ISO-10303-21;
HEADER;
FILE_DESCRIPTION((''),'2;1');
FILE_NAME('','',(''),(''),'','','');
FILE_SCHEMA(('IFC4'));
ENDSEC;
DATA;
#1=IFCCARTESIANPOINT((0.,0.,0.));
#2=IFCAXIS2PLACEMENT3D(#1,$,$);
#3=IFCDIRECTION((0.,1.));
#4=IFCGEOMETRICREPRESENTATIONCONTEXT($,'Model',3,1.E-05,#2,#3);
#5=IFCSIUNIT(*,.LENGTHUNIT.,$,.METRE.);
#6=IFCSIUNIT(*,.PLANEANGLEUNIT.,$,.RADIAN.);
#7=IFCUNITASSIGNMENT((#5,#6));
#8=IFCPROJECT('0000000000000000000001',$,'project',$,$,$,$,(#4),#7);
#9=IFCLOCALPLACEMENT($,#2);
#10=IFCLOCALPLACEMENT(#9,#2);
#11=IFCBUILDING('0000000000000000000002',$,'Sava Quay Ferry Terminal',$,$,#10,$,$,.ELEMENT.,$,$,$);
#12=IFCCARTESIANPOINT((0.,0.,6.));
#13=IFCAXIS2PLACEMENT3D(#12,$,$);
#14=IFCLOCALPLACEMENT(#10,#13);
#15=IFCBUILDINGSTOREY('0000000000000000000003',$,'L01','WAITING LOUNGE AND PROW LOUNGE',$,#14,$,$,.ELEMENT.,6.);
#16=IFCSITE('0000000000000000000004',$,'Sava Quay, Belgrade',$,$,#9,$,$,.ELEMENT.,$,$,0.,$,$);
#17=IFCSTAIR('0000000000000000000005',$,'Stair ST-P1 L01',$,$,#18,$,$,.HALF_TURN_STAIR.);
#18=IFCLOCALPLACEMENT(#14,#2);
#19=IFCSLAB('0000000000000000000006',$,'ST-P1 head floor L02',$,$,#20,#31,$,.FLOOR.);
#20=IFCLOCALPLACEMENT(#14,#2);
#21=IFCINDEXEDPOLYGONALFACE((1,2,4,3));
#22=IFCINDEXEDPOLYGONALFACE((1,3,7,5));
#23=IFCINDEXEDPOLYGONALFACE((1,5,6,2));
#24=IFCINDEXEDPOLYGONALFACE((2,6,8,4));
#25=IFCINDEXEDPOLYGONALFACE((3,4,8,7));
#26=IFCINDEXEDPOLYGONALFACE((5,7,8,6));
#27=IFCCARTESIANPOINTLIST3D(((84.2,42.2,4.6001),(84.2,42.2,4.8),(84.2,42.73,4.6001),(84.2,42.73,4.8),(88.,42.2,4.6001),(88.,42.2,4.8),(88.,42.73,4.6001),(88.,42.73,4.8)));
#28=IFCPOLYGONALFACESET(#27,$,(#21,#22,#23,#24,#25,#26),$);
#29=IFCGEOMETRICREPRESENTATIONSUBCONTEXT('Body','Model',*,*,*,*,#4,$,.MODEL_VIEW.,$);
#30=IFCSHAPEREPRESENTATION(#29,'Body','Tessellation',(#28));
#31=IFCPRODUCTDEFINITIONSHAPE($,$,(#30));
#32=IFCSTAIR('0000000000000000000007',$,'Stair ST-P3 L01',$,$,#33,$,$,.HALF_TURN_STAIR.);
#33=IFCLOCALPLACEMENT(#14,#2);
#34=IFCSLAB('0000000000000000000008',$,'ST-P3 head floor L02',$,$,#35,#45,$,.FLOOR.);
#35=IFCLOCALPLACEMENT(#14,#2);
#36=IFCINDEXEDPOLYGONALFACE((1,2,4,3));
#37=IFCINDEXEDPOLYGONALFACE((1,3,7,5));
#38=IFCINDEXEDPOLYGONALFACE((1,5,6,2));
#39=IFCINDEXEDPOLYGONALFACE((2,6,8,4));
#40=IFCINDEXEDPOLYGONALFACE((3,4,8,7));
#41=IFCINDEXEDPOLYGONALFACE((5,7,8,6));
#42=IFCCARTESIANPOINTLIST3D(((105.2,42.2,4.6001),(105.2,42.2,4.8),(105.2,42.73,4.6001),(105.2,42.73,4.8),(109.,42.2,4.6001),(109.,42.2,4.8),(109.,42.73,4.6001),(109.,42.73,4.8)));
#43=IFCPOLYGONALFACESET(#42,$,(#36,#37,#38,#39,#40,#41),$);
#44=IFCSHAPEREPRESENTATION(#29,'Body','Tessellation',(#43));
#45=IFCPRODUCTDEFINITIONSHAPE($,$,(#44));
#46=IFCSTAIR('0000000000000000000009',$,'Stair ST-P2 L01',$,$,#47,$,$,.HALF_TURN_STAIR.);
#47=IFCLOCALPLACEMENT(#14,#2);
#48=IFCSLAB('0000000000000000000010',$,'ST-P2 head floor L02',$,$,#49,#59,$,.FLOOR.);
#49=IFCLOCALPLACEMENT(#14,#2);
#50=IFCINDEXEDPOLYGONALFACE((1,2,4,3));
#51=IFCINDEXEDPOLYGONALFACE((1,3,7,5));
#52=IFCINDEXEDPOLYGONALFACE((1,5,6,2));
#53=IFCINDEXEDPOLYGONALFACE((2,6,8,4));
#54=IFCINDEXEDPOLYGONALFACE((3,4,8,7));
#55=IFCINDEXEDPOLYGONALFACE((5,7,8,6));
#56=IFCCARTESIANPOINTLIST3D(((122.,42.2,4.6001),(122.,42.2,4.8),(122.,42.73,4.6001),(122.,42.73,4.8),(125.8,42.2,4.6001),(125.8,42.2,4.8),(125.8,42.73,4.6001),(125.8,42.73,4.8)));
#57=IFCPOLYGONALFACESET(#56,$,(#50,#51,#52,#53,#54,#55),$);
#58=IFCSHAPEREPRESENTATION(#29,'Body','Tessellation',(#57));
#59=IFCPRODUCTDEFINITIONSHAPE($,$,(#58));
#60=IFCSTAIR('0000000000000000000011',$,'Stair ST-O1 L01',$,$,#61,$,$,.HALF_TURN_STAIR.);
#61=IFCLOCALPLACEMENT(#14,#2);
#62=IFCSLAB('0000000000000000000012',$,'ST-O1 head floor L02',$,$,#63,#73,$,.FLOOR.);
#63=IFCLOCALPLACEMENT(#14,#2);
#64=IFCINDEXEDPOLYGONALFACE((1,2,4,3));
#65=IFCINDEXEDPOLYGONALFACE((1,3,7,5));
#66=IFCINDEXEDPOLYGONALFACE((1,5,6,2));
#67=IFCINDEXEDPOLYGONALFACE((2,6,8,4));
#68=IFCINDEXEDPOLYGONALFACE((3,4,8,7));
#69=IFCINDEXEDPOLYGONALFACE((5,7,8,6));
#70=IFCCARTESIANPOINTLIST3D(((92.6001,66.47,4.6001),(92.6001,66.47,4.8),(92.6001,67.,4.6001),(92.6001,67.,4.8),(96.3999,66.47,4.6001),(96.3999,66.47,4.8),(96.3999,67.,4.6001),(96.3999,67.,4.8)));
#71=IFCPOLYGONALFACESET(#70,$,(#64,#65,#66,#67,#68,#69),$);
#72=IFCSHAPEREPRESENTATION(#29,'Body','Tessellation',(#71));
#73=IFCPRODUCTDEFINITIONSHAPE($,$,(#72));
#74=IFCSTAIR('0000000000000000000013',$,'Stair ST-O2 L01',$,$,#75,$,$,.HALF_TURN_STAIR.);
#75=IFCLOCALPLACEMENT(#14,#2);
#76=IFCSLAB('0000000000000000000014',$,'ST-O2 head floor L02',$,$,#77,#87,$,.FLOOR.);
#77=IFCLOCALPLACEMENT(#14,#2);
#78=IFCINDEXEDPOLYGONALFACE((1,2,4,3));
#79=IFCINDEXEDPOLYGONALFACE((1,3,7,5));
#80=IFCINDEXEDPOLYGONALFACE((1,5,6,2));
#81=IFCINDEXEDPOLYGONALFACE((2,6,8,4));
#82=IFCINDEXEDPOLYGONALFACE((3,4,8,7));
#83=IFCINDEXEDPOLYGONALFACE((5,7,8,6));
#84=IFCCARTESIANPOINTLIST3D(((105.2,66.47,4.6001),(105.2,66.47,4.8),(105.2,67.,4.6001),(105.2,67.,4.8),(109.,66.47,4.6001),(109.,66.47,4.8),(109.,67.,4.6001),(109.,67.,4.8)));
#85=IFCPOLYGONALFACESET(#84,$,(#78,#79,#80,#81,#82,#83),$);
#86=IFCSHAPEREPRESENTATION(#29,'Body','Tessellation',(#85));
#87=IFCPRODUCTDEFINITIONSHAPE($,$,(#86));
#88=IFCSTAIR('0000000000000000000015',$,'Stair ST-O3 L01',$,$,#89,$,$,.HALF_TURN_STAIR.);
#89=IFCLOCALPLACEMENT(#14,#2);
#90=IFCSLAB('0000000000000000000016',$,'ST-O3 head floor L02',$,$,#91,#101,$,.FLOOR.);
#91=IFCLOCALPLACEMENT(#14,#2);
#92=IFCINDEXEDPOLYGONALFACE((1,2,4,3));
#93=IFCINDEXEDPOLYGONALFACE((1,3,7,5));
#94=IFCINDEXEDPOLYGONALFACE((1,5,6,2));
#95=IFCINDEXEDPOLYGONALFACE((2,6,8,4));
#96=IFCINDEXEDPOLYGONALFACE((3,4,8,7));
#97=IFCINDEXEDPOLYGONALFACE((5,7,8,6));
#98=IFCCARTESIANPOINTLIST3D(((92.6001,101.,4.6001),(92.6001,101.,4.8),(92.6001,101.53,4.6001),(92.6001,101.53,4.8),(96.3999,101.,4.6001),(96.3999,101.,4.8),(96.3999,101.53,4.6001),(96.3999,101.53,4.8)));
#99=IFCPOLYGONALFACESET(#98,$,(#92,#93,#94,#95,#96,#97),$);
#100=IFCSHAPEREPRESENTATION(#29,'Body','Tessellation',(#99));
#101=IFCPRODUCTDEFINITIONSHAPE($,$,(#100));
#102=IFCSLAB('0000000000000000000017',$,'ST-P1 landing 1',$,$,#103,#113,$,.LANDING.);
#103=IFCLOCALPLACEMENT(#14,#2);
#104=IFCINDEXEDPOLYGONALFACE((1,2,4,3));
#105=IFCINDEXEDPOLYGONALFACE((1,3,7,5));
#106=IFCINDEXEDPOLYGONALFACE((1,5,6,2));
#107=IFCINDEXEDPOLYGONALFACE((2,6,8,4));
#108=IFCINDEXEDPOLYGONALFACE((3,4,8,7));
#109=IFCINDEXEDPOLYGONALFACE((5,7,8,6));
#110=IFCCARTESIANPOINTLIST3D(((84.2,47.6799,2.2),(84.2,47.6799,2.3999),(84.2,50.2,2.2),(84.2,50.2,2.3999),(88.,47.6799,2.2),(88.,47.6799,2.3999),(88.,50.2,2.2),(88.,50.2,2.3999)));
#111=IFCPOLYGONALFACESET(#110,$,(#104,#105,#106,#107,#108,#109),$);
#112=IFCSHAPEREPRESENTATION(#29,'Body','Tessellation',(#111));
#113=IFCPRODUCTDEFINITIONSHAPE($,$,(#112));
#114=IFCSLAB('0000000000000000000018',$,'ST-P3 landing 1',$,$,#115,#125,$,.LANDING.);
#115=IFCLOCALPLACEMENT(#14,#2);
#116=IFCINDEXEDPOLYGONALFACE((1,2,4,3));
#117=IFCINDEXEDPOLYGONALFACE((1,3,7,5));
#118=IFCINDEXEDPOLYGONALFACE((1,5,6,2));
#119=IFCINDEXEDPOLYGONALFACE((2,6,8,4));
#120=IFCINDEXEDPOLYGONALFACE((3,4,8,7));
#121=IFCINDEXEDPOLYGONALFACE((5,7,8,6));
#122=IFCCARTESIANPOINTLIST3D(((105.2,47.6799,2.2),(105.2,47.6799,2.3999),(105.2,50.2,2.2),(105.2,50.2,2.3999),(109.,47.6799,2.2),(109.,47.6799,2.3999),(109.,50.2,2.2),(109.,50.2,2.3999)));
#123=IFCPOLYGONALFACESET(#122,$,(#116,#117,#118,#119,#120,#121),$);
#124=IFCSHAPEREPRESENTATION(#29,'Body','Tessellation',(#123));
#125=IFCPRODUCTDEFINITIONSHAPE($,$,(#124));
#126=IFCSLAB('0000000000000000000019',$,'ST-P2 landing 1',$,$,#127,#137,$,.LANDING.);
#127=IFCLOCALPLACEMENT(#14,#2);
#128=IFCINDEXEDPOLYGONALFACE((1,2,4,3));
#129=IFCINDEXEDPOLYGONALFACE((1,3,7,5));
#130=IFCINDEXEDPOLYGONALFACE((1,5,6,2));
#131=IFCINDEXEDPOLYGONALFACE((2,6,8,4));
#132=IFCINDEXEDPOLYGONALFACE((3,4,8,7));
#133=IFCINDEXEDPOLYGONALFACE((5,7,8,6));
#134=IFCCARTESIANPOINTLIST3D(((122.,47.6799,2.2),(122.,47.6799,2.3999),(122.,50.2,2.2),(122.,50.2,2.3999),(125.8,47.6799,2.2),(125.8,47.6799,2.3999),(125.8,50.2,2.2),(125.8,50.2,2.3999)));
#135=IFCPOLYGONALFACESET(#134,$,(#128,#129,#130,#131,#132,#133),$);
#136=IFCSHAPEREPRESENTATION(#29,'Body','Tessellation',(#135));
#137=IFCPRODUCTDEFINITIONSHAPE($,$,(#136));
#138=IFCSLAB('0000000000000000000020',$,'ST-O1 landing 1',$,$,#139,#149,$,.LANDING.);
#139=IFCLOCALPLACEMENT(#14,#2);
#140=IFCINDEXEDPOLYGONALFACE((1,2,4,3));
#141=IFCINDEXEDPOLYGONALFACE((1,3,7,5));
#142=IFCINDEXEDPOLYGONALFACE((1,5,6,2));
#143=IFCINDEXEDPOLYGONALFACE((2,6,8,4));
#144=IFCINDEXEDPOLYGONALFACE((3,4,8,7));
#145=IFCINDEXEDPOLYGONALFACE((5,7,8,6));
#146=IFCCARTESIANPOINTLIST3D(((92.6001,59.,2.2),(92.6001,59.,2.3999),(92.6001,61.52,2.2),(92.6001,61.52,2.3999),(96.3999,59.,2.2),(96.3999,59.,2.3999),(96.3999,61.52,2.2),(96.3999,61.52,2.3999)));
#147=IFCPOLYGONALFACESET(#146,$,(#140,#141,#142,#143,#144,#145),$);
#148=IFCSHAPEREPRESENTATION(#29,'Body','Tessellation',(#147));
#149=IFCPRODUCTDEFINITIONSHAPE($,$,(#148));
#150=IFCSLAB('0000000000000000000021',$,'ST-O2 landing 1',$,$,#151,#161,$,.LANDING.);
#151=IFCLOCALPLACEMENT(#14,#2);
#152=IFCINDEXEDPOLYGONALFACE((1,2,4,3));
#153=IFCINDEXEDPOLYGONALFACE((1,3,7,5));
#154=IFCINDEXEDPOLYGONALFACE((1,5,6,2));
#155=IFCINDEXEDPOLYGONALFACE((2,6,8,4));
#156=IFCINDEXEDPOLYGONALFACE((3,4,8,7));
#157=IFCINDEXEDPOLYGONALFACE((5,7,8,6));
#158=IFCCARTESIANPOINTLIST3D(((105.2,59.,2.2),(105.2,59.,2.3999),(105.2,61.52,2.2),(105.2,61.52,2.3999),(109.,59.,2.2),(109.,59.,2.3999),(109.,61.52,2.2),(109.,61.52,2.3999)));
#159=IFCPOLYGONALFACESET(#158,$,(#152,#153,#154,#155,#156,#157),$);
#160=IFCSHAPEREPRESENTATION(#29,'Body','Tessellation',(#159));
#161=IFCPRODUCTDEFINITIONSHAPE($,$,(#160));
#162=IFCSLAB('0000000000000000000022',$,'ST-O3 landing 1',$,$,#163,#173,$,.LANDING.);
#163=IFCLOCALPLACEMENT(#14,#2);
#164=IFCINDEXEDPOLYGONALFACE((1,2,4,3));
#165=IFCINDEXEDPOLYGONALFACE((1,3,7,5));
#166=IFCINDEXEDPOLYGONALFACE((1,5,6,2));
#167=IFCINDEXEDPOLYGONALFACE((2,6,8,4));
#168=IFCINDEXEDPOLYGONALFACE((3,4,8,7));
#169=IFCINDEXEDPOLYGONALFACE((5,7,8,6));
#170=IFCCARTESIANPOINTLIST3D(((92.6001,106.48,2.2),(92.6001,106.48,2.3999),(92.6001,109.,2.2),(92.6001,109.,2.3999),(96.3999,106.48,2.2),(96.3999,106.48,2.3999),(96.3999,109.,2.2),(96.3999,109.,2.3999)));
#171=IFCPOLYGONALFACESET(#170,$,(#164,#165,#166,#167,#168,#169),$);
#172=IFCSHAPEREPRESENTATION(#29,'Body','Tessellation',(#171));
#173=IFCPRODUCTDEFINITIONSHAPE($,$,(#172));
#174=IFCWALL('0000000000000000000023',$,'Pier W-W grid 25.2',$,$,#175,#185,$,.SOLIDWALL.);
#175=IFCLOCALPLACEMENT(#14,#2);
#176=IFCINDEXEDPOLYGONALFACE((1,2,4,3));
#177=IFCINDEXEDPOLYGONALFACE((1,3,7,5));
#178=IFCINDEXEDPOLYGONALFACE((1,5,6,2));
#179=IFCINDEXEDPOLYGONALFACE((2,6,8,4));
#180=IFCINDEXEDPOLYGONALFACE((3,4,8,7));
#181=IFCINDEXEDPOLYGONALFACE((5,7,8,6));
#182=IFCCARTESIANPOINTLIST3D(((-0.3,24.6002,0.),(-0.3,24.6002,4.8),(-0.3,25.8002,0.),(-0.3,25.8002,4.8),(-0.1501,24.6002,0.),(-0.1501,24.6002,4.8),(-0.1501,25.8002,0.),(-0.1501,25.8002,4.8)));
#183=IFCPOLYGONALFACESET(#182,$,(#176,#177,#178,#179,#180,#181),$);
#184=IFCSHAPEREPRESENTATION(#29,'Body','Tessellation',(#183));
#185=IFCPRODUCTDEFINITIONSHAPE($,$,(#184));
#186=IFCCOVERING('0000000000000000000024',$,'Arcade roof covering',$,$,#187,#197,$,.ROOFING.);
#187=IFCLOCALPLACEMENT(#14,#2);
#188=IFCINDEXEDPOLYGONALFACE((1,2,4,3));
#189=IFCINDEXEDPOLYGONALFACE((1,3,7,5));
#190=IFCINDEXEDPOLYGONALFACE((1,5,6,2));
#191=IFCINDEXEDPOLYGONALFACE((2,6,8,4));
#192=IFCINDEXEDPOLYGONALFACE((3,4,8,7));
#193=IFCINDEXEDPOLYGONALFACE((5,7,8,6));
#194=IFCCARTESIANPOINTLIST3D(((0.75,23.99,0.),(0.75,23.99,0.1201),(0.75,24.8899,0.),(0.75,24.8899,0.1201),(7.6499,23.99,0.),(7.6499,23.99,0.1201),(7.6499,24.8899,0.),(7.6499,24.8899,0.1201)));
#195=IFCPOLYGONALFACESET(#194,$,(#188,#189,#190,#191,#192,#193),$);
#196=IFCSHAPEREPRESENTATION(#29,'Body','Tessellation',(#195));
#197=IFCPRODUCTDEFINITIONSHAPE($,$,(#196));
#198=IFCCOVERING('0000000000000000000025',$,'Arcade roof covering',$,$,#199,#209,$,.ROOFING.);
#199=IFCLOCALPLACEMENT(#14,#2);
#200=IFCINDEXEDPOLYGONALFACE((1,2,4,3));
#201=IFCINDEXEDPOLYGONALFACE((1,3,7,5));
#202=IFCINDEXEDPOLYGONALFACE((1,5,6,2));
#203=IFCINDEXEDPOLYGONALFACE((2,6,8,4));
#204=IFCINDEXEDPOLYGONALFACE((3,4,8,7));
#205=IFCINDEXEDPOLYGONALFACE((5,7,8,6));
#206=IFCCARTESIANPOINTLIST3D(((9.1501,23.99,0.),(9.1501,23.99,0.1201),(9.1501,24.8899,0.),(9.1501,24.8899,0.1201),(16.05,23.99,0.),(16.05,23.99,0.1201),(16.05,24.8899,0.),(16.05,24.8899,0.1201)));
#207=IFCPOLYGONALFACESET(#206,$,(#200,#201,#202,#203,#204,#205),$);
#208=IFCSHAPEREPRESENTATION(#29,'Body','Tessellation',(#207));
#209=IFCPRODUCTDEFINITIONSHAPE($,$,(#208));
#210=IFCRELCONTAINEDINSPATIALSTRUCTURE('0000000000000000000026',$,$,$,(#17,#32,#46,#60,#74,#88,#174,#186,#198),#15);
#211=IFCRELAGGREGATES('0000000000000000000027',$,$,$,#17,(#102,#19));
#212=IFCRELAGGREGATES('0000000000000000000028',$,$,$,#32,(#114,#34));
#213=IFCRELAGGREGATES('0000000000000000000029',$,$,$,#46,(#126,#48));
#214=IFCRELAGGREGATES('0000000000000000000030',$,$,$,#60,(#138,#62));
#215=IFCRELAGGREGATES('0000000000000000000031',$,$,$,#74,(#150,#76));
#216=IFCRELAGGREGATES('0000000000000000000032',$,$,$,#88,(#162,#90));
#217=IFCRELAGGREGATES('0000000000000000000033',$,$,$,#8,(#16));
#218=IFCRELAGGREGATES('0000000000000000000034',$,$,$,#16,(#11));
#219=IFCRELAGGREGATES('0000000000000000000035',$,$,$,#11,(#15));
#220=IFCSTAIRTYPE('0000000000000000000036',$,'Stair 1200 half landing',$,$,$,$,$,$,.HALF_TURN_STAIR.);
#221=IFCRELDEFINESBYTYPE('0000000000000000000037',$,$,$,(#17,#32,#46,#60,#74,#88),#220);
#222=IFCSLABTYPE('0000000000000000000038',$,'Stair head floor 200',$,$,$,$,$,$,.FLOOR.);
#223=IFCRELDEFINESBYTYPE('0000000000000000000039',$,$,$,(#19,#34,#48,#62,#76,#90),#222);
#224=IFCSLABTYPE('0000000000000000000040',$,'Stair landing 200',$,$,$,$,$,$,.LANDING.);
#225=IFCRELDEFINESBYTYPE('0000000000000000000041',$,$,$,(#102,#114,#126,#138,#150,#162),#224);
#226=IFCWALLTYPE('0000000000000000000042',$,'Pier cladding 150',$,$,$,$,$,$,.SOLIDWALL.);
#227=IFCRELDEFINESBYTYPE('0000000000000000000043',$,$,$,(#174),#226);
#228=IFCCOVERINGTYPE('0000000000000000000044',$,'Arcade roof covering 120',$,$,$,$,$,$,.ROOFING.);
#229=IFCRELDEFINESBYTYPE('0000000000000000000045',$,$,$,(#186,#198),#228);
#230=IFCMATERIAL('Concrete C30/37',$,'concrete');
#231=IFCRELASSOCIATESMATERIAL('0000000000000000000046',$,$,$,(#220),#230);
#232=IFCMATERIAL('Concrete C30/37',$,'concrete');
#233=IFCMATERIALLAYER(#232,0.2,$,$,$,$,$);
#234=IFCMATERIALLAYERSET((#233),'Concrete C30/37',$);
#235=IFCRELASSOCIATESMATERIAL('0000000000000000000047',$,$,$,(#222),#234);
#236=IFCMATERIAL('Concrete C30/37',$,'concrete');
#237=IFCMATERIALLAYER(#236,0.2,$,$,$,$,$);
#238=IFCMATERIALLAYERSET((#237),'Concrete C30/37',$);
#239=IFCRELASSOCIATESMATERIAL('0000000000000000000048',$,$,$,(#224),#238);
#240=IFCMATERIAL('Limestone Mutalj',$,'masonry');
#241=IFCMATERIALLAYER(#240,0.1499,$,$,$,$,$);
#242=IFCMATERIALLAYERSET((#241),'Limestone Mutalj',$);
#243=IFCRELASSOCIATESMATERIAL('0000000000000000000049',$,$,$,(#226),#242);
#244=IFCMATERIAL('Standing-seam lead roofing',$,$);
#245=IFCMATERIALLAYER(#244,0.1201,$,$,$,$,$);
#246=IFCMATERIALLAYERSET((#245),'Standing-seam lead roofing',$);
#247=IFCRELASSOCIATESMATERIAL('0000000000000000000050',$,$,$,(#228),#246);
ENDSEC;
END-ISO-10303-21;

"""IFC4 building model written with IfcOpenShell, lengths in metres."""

from ifc_helpers import new_model, si_unit, direction, frame, frame_2d, origin, origin_2d, place, context, subcontext, project, spatial, polyline, rectangle, outline, extrude, material, layer, layer_set, type_object, element, aggregate, save


model = new_model("IFC4")

# Units and contexts
model_context = context("Model", 3, precision=1e-05, world=origin(), true_north=direction((0.0, 1.0)))
body_context = subcontext(model_context, "Body", "Model", "MODEL_VIEW")
ifc_project = project(units=[si_unit("LENGTHUNIT", "METRE"), si_unit("PLANEANGLEUNIT", "RADIAN")], contexts=[model_context])

# Site, building, storey
site_placement = place(None, origin())
site = spatial("IfcSite", under=ifc_project, at=site_placement, Name="Sava Quay, Belgrade", CompositionType="ELEMENT", RefElevation=0.0)
building_placement = place(site_placement, origin())
building = spatial("IfcBuilding", under=site, at=building_placement, Name="Sava Quay Ferry Terminal", CompositionType="ELEMENT")
storey_placement = place(building_placement, frame((0.0, 0.0, 6.0)))
storey = spatial("IfcBuildingStorey", under=building, at=storey_placement, Name="L01", Description="WAITING LOUNGE AND PROW LOUNGE", CompositionType="ELEMENT", Elevation=6.0)

# Stairs, slabs
ifc_material_1 = material(Name="Concrete C30/37", Category="concrete")
stair_type = type_object("IfcStairType", Name="Stair 1200 half landing", PredefinedType="HALF_TURN_STAIR", material=ifc_material_1)
stair_1_placement = place(storey_placement, origin())
stair_1 = element("IfcStair", 1, at=stair_1_placement, inside=storey, type_object=stair_type, Name="Stair ST-P1 L01", PredefinedType="HALF_TURN_STAIR")
ifc_material_2 = material(Name="Concrete C30/37", Category="concrete")
ifc_layer_1 = layer(ifc_material_2, 0.2)
ifc_layer_set_1 = layer_set([ifc_layer_1], Name="Concrete C30/37")
slab_type_1 = type_object("IfcSlabType", Name="Stair head floor 200", PredefinedType="FLOOR", material=ifc_layer_set_1)
slab_1_placement = place(storey_placement, frame((0.0, 0.0, 4.6001)))
slab_1 = element("IfcSlab", 2, at=slab_1_placement, type_object=slab_type_1, Name="ST-P1 head floor L02", PredefinedType="FLOOR", context=body_context, shape_type="SweptSolid", body=[
    extrude(outline(polyline([(84.2, 42.2), (84.2, 42.73), (88.0, 42.73), (88.0, 42.2), (84.2, 42.2)])), origin(), (0.0, 0.0, 1.0), 0.2),
])
stair_2_placement = place(storey_placement, origin())
stair_2 = element("IfcStair", 3, at=stair_2_placement, inside=storey, type_object=stair_type, Name="Stair ST-P3 L01", PredefinedType="HALF_TURN_STAIR")
slab_2_placement = place(storey_placement, frame((0.0, 0.0, 4.6001)))
slab_2 = element("IfcSlab", 4, at=slab_2_placement, type_object=slab_type_1, Name="ST-P3 head floor L02", PredefinedType="FLOOR", context=body_context, shape_type="SweptSolid", body=[
    extrude(outline(polyline([(105.2, 42.2), (105.2, 42.73), (109.0, 42.73), (109.0, 42.2), (105.2, 42.2)])), origin(), (0.0, 0.0, 1.0), 0.2),
])
stair_3_placement = place(storey_placement, origin())
stair_3 = element("IfcStair", 5, at=stair_3_placement, inside=storey, type_object=stair_type, Name="Stair ST-P2 L01", PredefinedType="HALF_TURN_STAIR")
slab_3_placement = place(storey_placement, frame((0.0, 0.0, 4.6001)))
slab_3 = element("IfcSlab", 6, at=slab_3_placement, type_object=slab_type_1, Name="ST-P2 head floor L02", PredefinedType="FLOOR", context=body_context, shape_type="SweptSolid", body=[
    extrude(outline(polyline([(122.0, 42.2), (122.0, 42.73), (125.8, 42.73), (125.8, 42.2), (122.0, 42.2)])), origin(), (0.0, 0.0, 1.0), 0.2),
])
stair_4_placement = place(storey_placement, origin())
stair_4 = element("IfcStair", 7, at=stair_4_placement, inside=storey, type_object=stair_type, Name="Stair ST-O1 L01", PredefinedType="HALF_TURN_STAIR")
slab_4_placement = place(storey_placement, frame((0.0, 0.0, 4.6001)))
slab_4 = element("IfcSlab", 8, at=slab_4_placement, type_object=slab_type_1, Name="ST-O1 head floor L02", PredefinedType="FLOOR", context=body_context, shape_type="SweptSolid", body=[
    extrude(outline(polyline([(92.6001, 66.47), (92.6001, 67.0), (96.3999, 67.0), (96.3999, 66.47), (92.6001, 66.47)])), origin(), (0.0, 0.0, 1.0), 0.2),
])
stair_5_placement = place(storey_placement, origin())
stair_5 = element("IfcStair", 9, at=stair_5_placement, inside=storey, type_object=stair_type, Name="Stair ST-O2 L01", PredefinedType="HALF_TURN_STAIR")
slab_5_placement = place(storey_placement, frame((0.0, 0.0, 4.6001)))
slab_5 = element("IfcSlab", 10, at=slab_5_placement, type_object=slab_type_1, Name="ST-O2 head floor L02", PredefinedType="FLOOR", context=body_context, shape_type="SweptSolid", body=[
    extrude(outline(polyline([(105.2, 66.47), (105.2, 67.0), (109.0, 67.0), (109.0, 66.47), (105.2, 66.47)])), origin(), (0.0, 0.0, 1.0), 0.2),
])
stair_6_placement = place(storey_placement, origin())
stair_6 = element("IfcStair", 11, at=stair_6_placement, inside=storey, type_object=stair_type, Name="Stair ST-O3 L01", PredefinedType="HALF_TURN_STAIR")
slab_6_placement = place(storey_placement, frame((0.0, 0.0, 4.6001)))
slab_6 = element("IfcSlab", 12, at=slab_6_placement, type_object=slab_type_1, Name="ST-O3 head floor L02", PredefinedType="FLOOR", context=body_context, shape_type="SweptSolid", body=[
    extrude(outline(polyline([(92.6001, 101.0), (92.6001, 101.53), (96.3999, 101.53), (96.3999, 101.0), (92.6001, 101.0)])), origin(), (0.0, 0.0, 1.0), 0.2),
])

# Slabs
ifc_material_3 = material(Name="Concrete C30/37", Category="concrete")
ifc_layer_2 = layer(ifc_material_3, 0.2)
ifc_layer_set_2 = layer_set([ifc_layer_2], Name="Concrete C30/37")
slab_type_2 = type_object("IfcSlabType", Name="Stair landing 200", PredefinedType="LANDING", material=ifc_layer_set_2)
slab_7_placement = place(storey_placement, frame((0.0, 0.0, 2.2)))
slab_7 = element("IfcSlab", 13, at=slab_7_placement, type_object=slab_type_2, Name="ST-P1 landing 1", PredefinedType="LANDING", context=body_context, shape_type="SweptSolid", body=[
    extrude(outline(polyline([(84.2, 47.6799), (84.2, 50.2), (88.0, 50.2), (88.0, 47.6799), (84.2, 47.6799)])), origin(), (0.0, 0.0, 1.0), 0.2),
])
aggregate(stair_1, [slab_7, slab_1])
slab_8_placement = place(storey_placement, frame((0.0, 0.0, 2.2)))
slab_8 = element("IfcSlab", 14, at=slab_8_placement, type_object=slab_type_2, Name="ST-P3 landing 1", PredefinedType="LANDING", context=body_context, shape_type="SweptSolid", body=[
    extrude(outline(polyline([(105.2, 47.6799), (105.2, 50.2), (109.0, 50.2), (109.0, 47.6799), (105.2, 47.6799)])), origin(), (0.0, 0.0, 1.0), 0.2),
])
aggregate(stair_2, [slab_8, slab_2])
slab_9_placement = place(storey_placement, frame((0.0, 0.0, 2.2)))
slab_9 = element("IfcSlab", 15, at=slab_9_placement, type_object=slab_type_2, Name="ST-P2 landing 1", PredefinedType="LANDING", context=body_context, shape_type="SweptSolid", body=[
    extrude(outline(polyline([(122.0, 47.6799), (122.0, 50.2), (125.8, 50.2), (125.8, 47.6799), (122.0, 47.6799)])), origin(), (0.0, 0.0, 1.0), 0.2),
])
aggregate(stair_3, [slab_9, slab_3])
slab_10_placement = place(storey_placement, frame((0.0, 0.0, 2.2)))
slab_10 = element("IfcSlab", 16, at=slab_10_placement, type_object=slab_type_2, Name="ST-O1 landing 1", PredefinedType="LANDING", context=body_context, shape_type="SweptSolid", body=[
    extrude(outline(polyline([(92.6001, 59.0), (92.6001, 61.52), (96.3999, 61.52), (96.3999, 59.0), (92.6001, 59.0)])), origin(), (0.0, 0.0, 1.0), 0.2),
])
aggregate(stair_4, [slab_10, slab_4])
slab_11_placement = place(storey_placement, frame((0.0, 0.0, 2.2)))
slab_11 = element("IfcSlab", 17, at=slab_11_placement, type_object=slab_type_2, Name="ST-O2 landing 1", PredefinedType="LANDING", context=body_context, shape_type="SweptSolid", body=[
    extrude(outline(polyline([(105.2, 59.0), (105.2, 61.52), (109.0, 61.52), (109.0, 59.0), (105.2, 59.0)])), origin(), (0.0, 0.0, 1.0), 0.2),
])
aggregate(stair_5, [slab_11, slab_5])
slab_12_placement = place(storey_placement, frame((0.0, 0.0, 2.2)))
slab_12 = element("IfcSlab", 18, at=slab_12_placement, type_object=slab_type_2, Name="ST-O3 landing 1", PredefinedType="LANDING", context=body_context, shape_type="SweptSolid", body=[
    extrude(outline(polyline([(92.6001, 106.48), (92.6001, 109.0), (96.3999, 109.0), (96.3999, 106.48), (92.6001, 106.48)])), origin(), (0.0, 0.0, 1.0), 0.2),
])
aggregate(stair_6, [slab_12, slab_6])

# Wall
ifc_material_4 = material(Name="Limestone Mutalj", Category="masonry")
ifc_layer_3 = layer(ifc_material_4, 0.1499)
ifc_layer_set_3 = layer_set([ifc_layer_3], Name="Limestone Mutalj")
wall_type = type_object("IfcWallType", Name="Pier cladding 150", PredefinedType="SOLIDWALL", material=ifc_layer_set_3)
wall_placement = place(storey_placement, frame((-0.2251, 24.6001, 0.0), z_axis=(0.0, 0.0, 1.0), x_axis=(0.0, 1.0, 0.0)))
element("IfcWall", 19, at=wall_placement, inside=storey, type_object=wall_type, Name="Pier W-W grid 25.2", PredefinedType="SOLIDWALL", context=body_context, shape_type="SweptSolid", body=[
    extrude(rectangle(XDim=1.2, YDim=0.1499, at=frame_2d((0.6001, 0.0))), origin(), (0.0, 0.0, 1.0), 4.8),
])

# Coverings
ifc_material_5 = material(Name="Standing-seam lead roofing")
ifc_layer_4 = layer(ifc_material_5, 0.1201)
ifc_layer_set_4 = layer_set([ifc_layer_4], Name="Standing-seam lead roofing")
covering_type_1 = type_object("IfcCoveringType", Name="Arcade roof covering 120", PredefinedType="ROOFING", material=ifc_layer_set_4)
for number, where, z_axis, x_axis, name in (
    (20, (4.2, 24.4399, 0.0), (0.0, 0.0, 1.0), (1.0, 0.0, 0.0), "Arcade roof covering"),
    (21, (12.6001, 24.4399, 0.0), (0.0, 0.0, 1.0), (1.0, 0.0, 0.0), "Arcade roof covering"),
):
    element("IfcCovering", number, at=place(storey_placement, frame(where, z_axis=z_axis, x_axis=x_axis)), inside=storey, type_object=covering_type_1, Name=name, PredefinedType="ROOFING", context=body_context, shape_type="SweptSolid", body=[
        extrude(rectangle(XDim=6.8999, YDim=0.8999, at=origin_2d()), origin(), (0.0, 0.0, 1.0), 0.1201),
    ])

save(model, "model.ifc")
